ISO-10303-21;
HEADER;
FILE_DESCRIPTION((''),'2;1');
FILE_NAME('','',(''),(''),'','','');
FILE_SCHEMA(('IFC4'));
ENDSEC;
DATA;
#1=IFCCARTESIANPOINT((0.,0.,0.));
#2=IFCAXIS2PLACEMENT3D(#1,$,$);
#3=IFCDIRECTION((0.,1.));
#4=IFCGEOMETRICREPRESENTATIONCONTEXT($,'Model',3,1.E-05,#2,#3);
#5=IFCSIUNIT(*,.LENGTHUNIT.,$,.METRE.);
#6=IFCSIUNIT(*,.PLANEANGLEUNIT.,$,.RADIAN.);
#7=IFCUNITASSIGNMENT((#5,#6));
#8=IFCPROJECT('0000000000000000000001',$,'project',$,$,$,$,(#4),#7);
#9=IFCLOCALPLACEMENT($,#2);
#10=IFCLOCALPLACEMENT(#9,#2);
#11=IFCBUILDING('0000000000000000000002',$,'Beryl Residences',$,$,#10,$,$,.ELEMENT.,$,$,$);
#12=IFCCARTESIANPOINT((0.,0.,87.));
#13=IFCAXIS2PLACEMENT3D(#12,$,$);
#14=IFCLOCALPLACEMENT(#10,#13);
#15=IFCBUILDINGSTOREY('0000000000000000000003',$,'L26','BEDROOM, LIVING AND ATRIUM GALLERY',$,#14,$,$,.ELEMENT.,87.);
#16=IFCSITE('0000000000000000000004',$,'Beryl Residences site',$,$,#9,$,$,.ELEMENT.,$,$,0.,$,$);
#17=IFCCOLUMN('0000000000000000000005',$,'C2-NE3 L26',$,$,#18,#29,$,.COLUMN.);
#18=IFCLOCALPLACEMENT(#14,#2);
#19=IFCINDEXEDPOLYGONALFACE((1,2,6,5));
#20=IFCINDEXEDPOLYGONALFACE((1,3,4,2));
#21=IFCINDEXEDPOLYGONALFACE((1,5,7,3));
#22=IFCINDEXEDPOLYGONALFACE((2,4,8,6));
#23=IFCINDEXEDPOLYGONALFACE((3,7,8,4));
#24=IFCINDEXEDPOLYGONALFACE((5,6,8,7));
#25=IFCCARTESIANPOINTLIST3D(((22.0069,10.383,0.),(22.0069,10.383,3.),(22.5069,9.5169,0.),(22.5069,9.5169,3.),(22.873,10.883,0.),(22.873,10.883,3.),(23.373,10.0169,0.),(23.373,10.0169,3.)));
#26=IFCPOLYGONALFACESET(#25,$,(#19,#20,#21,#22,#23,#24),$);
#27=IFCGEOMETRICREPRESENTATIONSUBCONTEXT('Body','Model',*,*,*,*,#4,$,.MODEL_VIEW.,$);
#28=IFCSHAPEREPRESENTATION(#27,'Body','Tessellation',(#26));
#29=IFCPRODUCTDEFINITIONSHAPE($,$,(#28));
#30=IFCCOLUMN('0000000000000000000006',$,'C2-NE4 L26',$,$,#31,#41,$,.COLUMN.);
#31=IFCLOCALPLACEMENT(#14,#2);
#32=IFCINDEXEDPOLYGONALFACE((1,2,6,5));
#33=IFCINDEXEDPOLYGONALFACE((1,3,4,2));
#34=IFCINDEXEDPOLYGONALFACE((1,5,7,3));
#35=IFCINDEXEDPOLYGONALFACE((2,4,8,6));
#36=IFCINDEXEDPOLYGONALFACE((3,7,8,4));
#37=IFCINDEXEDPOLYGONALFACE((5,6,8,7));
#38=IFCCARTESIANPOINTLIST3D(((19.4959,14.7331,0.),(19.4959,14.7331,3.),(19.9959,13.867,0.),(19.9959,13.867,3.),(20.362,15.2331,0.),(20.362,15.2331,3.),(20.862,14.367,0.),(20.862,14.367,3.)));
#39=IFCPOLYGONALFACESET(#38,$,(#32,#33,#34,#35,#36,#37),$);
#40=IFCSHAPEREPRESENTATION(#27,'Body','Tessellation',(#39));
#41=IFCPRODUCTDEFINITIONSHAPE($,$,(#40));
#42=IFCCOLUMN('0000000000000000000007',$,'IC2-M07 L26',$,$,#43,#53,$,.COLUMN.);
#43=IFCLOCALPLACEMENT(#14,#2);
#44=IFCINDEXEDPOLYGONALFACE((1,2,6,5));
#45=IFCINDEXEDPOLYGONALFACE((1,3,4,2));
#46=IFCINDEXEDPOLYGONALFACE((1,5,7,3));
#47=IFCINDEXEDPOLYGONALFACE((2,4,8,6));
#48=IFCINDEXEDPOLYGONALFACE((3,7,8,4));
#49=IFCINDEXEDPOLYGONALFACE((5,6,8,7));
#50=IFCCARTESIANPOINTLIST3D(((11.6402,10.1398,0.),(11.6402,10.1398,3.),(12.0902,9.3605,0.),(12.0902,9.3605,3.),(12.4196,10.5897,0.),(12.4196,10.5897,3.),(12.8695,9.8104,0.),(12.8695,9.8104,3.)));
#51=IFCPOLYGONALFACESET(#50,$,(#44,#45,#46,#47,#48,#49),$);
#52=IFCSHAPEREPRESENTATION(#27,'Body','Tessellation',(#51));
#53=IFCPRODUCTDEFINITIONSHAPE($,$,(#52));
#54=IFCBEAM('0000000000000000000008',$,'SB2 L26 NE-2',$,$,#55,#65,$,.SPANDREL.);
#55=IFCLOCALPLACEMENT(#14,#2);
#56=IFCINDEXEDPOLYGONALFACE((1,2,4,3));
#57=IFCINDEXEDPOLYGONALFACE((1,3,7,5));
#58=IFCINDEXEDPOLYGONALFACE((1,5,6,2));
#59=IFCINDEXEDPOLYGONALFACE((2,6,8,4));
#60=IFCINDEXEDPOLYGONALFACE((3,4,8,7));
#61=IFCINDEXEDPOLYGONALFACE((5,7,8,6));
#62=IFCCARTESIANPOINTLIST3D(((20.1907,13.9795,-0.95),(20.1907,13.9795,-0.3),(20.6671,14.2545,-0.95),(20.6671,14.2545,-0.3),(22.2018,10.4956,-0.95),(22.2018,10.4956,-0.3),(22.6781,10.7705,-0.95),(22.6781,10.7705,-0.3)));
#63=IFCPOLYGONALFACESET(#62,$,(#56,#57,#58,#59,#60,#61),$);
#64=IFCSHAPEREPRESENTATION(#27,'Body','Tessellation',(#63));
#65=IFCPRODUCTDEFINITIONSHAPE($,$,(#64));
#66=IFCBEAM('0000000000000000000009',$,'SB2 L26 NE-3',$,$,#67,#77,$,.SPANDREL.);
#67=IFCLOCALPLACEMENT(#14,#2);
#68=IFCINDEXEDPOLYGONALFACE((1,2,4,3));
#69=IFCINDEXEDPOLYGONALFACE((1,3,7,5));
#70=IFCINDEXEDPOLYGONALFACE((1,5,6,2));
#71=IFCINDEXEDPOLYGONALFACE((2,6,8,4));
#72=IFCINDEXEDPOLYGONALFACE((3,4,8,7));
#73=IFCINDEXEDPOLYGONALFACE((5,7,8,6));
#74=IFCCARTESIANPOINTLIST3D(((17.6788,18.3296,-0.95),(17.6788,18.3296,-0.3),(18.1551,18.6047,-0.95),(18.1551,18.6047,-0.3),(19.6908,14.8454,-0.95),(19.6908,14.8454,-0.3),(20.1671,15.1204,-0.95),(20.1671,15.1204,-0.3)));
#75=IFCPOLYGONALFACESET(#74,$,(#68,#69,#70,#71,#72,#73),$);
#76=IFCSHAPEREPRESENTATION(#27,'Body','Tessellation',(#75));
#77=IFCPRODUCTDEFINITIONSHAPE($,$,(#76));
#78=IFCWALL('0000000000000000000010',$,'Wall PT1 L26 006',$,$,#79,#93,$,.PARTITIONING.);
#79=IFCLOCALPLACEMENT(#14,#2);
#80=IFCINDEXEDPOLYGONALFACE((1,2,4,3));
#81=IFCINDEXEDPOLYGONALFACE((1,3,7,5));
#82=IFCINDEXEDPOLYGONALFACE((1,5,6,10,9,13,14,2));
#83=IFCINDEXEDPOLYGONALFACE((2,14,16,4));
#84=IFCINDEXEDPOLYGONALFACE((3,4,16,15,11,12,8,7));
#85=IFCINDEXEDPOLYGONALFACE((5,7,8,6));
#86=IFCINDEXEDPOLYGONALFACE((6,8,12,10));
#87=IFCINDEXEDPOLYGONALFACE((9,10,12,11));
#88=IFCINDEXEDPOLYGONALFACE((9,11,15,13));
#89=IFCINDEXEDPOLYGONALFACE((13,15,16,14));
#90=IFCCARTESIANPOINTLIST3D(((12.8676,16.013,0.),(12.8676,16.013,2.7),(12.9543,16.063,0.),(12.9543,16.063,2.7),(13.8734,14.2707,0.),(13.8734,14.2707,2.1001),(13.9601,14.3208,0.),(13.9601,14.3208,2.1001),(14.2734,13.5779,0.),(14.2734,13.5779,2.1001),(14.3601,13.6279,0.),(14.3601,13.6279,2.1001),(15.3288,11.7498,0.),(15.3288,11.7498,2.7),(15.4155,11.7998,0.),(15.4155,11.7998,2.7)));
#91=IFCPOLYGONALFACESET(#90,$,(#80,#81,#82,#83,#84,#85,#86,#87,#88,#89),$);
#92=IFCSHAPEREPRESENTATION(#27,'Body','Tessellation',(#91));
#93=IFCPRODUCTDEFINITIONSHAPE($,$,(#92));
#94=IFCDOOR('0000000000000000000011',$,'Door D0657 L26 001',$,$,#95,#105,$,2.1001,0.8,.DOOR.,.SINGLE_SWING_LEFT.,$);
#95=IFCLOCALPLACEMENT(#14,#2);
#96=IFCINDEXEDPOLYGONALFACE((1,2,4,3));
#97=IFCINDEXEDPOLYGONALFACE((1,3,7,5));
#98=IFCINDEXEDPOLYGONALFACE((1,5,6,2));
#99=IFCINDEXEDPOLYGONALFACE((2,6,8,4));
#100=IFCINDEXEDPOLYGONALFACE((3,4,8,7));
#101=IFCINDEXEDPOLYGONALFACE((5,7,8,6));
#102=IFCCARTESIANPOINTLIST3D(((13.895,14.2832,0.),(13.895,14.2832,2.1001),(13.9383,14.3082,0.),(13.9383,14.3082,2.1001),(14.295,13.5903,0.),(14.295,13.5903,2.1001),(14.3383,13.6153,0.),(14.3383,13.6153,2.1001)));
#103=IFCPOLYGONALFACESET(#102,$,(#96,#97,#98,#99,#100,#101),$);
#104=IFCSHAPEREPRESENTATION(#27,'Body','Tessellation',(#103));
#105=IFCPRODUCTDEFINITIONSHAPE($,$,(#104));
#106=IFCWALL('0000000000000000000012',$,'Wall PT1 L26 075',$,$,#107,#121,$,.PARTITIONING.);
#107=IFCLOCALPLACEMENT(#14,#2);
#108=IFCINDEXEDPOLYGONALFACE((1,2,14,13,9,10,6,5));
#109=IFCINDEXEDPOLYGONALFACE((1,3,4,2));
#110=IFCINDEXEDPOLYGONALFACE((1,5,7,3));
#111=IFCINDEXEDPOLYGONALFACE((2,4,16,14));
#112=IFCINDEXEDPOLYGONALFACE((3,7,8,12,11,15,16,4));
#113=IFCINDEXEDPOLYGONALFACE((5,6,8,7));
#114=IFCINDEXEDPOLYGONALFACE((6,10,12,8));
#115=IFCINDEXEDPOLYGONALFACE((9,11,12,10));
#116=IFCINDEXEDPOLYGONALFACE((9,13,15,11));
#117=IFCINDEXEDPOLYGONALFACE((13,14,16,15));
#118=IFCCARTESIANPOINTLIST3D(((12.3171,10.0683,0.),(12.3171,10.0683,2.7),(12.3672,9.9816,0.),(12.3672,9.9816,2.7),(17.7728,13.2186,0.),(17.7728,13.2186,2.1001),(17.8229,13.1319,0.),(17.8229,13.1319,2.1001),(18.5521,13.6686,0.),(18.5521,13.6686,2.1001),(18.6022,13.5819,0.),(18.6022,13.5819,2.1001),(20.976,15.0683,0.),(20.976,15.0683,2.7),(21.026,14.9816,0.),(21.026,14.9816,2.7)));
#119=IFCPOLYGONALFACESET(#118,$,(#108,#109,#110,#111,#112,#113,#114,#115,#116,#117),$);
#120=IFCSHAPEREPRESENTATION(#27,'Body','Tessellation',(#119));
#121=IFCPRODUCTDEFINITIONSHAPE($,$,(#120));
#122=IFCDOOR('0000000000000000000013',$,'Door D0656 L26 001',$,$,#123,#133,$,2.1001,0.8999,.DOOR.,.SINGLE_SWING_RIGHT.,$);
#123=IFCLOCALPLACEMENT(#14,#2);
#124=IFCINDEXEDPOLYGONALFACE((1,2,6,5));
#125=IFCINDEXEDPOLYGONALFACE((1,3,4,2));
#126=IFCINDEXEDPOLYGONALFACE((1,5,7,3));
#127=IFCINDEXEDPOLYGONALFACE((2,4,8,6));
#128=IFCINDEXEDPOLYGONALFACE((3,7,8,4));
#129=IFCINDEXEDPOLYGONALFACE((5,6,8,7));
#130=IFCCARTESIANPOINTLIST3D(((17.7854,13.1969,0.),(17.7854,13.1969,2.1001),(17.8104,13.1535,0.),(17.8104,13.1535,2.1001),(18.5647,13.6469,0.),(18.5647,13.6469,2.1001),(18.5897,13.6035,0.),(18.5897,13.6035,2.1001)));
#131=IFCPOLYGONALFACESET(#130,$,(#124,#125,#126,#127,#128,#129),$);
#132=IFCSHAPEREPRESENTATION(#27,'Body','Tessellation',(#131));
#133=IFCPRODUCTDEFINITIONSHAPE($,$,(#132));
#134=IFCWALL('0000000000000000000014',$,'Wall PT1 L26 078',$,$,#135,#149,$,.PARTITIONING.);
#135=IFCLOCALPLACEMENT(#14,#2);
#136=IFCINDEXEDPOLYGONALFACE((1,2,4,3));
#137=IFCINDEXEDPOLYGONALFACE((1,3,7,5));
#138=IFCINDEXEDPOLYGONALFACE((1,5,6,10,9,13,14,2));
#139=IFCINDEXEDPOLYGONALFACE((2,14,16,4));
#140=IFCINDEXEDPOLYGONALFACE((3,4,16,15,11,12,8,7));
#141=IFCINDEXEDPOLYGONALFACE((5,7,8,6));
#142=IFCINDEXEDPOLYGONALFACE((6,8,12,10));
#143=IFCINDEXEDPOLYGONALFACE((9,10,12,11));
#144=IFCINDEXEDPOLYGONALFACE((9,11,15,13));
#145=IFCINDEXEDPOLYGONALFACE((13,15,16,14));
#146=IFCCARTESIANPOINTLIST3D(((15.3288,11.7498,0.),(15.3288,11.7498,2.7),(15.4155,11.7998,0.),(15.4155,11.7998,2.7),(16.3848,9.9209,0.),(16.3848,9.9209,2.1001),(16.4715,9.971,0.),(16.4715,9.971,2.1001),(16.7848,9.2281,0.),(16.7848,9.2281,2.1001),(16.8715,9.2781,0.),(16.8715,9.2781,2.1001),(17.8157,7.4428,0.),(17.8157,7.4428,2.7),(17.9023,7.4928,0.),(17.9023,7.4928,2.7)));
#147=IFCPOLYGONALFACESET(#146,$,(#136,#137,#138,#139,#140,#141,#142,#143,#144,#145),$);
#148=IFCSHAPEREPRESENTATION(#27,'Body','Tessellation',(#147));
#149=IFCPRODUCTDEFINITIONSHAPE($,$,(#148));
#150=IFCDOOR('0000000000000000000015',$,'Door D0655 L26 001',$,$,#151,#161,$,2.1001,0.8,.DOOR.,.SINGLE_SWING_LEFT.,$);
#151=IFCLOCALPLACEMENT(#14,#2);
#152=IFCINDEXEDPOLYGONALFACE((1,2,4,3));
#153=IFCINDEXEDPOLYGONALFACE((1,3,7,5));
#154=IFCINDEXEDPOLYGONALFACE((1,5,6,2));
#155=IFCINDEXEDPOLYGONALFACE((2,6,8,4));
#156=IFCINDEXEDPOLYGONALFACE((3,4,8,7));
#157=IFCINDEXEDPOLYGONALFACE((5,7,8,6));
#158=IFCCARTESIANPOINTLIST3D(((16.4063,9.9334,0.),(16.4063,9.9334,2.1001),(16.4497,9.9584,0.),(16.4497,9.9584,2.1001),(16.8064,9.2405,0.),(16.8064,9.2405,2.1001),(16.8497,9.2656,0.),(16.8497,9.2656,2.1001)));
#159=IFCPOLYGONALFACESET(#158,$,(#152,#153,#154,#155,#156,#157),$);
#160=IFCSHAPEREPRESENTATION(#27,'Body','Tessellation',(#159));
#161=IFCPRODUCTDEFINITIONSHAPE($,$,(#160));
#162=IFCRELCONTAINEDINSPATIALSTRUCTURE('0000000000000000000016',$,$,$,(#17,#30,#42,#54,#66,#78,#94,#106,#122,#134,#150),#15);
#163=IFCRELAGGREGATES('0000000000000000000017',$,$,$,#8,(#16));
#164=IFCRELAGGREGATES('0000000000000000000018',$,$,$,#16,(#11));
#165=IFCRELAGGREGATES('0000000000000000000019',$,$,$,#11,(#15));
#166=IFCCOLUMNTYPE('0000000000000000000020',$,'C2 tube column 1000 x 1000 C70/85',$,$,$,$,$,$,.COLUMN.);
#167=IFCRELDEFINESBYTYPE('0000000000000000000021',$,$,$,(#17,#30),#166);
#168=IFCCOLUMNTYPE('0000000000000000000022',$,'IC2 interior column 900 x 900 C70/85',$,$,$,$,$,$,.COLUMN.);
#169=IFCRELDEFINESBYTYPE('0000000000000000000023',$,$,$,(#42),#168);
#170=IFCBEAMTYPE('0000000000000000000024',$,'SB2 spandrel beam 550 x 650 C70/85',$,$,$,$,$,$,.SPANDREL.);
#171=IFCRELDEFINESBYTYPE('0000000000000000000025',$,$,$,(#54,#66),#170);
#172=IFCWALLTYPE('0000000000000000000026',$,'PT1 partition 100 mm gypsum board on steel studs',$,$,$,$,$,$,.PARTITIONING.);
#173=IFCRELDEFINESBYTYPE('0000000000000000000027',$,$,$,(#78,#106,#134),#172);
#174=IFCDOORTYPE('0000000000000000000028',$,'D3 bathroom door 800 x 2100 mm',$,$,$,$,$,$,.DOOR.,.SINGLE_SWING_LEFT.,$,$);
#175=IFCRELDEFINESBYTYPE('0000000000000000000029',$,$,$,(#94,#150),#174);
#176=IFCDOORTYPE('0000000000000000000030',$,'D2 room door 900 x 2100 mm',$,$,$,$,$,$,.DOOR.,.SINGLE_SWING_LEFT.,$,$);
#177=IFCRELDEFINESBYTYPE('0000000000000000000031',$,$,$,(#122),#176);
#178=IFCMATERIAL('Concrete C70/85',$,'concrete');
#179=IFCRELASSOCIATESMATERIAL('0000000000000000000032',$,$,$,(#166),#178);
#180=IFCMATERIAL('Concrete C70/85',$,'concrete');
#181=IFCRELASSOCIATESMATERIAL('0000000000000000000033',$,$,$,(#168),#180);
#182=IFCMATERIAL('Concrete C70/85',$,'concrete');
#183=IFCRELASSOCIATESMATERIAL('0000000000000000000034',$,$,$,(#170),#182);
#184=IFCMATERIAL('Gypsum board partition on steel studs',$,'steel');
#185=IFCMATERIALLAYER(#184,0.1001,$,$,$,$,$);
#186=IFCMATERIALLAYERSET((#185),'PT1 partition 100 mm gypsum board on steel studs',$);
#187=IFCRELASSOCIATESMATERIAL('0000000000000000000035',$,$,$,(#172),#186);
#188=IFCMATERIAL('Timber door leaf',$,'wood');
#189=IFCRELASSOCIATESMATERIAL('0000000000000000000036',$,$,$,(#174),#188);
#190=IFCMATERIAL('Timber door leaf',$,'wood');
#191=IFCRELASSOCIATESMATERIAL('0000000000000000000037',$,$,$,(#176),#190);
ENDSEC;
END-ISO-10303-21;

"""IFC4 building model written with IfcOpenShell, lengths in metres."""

from ifc_helpers import new_model, si_unit, direction, frame, frame_2d, origin, origin_2d, place, context, subcontext, project, spatial, rectangle, extrude, material, layer, layer_set, material_profile, profile_set, type_object, element, fill, save


model = new_model("IFC4")

# Units and contexts
model_context = context("Model", 3, precision=1e-05, world=origin(), true_north=direction((0.0, 1.0)))
body_context = subcontext(model_context, "Body", "Model", "MODEL_VIEW")
ifc_project = project(units=[si_unit("LENGTHUNIT", "METRE"), si_unit("PLANEANGLEUNIT", "RADIAN")], contexts=[model_context])

# Site, building, storey
site_placement = place(None, origin())
site = spatial("IfcSite", under=ifc_project, at=site_placement, Name="Beryl Residences site", CompositionType="ELEMENT", RefElevation=0.0)
building_placement = place(site_placement, origin())
building = spatial("IfcBuilding", under=site, at=building_placement, Name="Beryl Residences", CompositionType="ELEMENT")
storey_placement = place(building_placement, frame((0.0, 0.0, 87.0)))
storey = spatial("IfcBuildingStorey", under=building, at=storey_placement, Name="L26", Description="BEDROOM, LIVING AND ATRIUM GALLERY", CompositionType="ELEMENT", Elevation=87.0)

# Columns
ifc_material_1 = material(Name="Concrete C70/85", Category="concrete")
ifc_material_profile_1 = material_profile(ifc_material_1, rectangle(XDim=1.0, YDim=1.0, at=origin_2d()))
ifc_profile_set_1 = profile_set([ifc_material_profile_1], Name="Concrete C70/85")
column_type_1 = type_object("IfcColumnType", Name="C2 tube column 1000 x 1000 C70/85", PredefinedType="COLUMN", material=ifc_profile_set_1)
for number, where, z_axis, x_axis, name in (
    (1, (22.6899, 10.2, 0.0), (0.0, 0.0, 1.0), (-0.5, 0.866025, 0.0), "C2-NE3 L26"),
    (2, (20.179, 14.55, 0.0), (0.0, 0.0, 1.0), (-0.5, 0.866025, 0.0), "C2-NE4 L26"),
):
    element("IfcColumn", number, at=place(storey_placement, frame(where, z_axis=z_axis, x_axis=x_axis)), inside=storey, type_object=column_type_1, Name=name, PredefinedType="COLUMN", context=body_context, shape_type="SweptSolid", body=[
        extrude(rectangle(XDim=1.0, YDim=1.0, at=origin_2d()), origin(), (0.0, 0.0, 1.0), 3.0),
    ])
ifc_material_2 = material(Name="Concrete C70/85", Category="concrete")
ifc_material_profile_2 = material_profile(ifc_material_2, rectangle(XDim=0.8999, YDim=0.8999, at=origin_2d()))
ifc_profile_set_2 = profile_set([ifc_material_profile_2], Name="Concrete C70/85")
column_type_2 = type_object("IfcColumnType", Name="IC2 interior column 900 x 900 C70/85", PredefinedType="COLUMN", material=ifc_profile_set_2)
column_placement = place(storey_placement, frame((12.2549, 9.9751, 0.0), z_axis=(0.0, 0.0, 1.0), x_axis=(-0.5, 0.866025, 0.0)))
element("IfcColumn", 3, at=column_placement, inside=storey, type_object=column_type_2, Name="IC2-M07 L26", PredefinedType="COLUMN", context=body_context, shape_type="SweptSolid", body=[
    extrude(rectangle(XDim=0.8999, YDim=0.8999, at=origin_2d()), origin(), (0.0, 0.0, 1.0), 3.0),
])

# Beams
ifc_material_3 = material(Name="Concrete C70/85", Category="concrete")
ifc_material_profile_3 = material_profile(ifc_material_3, rectangle(XDim=0.55, YDim=0.6499, at=origin_2d()))
ifc_profile_set_3 = profile_set([ifc_material_profile_3], Name="Concrete C70/85")
beam_type = type_object("IfcBeamType", Name="SB2 spandrel beam 550 x 650 C70/85", PredefinedType="SPANDREL", material=ifc_profile_set_3)
beam_1_placement = place(storey_placement, frame((22.4399, 10.6331, -0.625), z_axis=(-0.499919, 0.866072, 0.0), x_axis=(-0.866072, -0.499919, 0.0)))
element("IfcBeam", 4, at=beam_1_placement, inside=storey, type_object=beam_type, Name="SB2 L26 NE-2", PredefinedType="SPANDREL", context=body_context, shape_type="SweptSolid", body=[
    extrude(rectangle(XDim=0.55, YDim=0.6499, at=origin_2d()), origin(), (0.0, 0.0, 1.0), 4.0227),
])
beam_2_placement = place(storey_placement, frame((19.929, 14.9829, -0.625), z_axis=(-0.500074, 0.865982, 0.0), x_axis=(-0.865982, -0.500074, 0.0)))
element("IfcBeam", 5, at=beam_2_placement, inside=storey, type_object=beam_type, Name="SB2 L26 NE-3", PredefinedType="SPANDREL", context=body_context, shape_type="SweptSolid", body=[
    extrude(rectangle(XDim=0.55, YDim=0.6499, at=origin_2d()), origin(), (0.0, 0.0, 1.0), 4.0234),
])

# Walls, openings, doors
ifc_material_4 = material(Name="Gypsum board partition on steel studs", Category="steel")
ifc_layer = layer(ifc_material_4, 0.1001)
ifc_layer_set = layer_set([ifc_layer], Name="PT1 partition 100 mm gypsum board on steel studs")
wall_type = type_object("IfcWallType", Name="PT1 partition 100 mm gypsum board on steel studs", PredefinedType="PARTITIONING", material=ifc_layer_set)
wall_1_placement = place(storey_placement, frame((12.9109, 16.0381, 0.0), z_axis=(0.0, 0.0, 1.0), x_axis=(0.499974, -0.86604, 0.0)))
wall_1 = element("IfcWall", 6, at=wall_1_placement, inside=storey, type_object=wall_type, Name="Wall PT1 L26 006", PredefinedType="PARTITIONING", context=body_context, shape_type="SweptSolid", body=[
    extrude(rectangle(XDim=4.9226, YDim=0.1001, at=frame_2d((2.4614, 0.0))), origin(), (0.0, 0.0, 1.0), 2.7),
])
opening_1_placement = place(wall_1_placement, frame((2.012, 0.0, 0.0)))
opening_1 = element("IfcOpeningElement", 7, at=opening_1_placement, cuts=wall_1, PredefinedType="OPENING", context=body_context, shape_type="SweptSolid", body=[
    extrude(rectangle(XDim=0.8, YDim=2.1001, at=frame_2d((0.3999, 1.05))), frame((0.0, 0.0601, 0.0), z_axis=(0.0, -1.0, 0.0), x_axis=(1.0, 0.0, 0.0)), (0.0, 0.0, 1.0), 0.1201),
])
ifc_material_5 = material(Name="Timber door leaf", Category="wood")
door_type_1 = type_object("IfcDoorType", Name="D3 bathroom door 800 x 2100 mm", OperationType="SINGLE_SWING_LEFT", PredefinedType="DOOR", material=ifc_material_5)
door_1_placement = place(opening_1_placement, origin())
door_1 = element("IfcDoor", 8, at=door_1_placement, inside=storey, type_object=door_type_1, Name="Door D0657 L26 001", OperationType="SINGLE_SWING_LEFT", OverallHeight=2.1001, OverallWidth=0.8, PredefinedType="DOOR", context=body_context, shape_type="SweptSolid", body=[
    extrude(rectangle(XDim=0.8, YDim=2.1001, at=frame_2d((0.3999, 1.05))), frame((0.0, 0.0249, 0.0), z_axis=(0.0, -1.0, 0.0), x_axis=(1.0, 0.0, 0.0)), (0.0, 0.0, 1.0), 0.05),
])
fill(opening_1, door_1)
wall_2_placement = place(storey_placement, frame((12.342, 10.0249, 0.0), z_axis=(0.0, 0.0, 1.0), x_axis=(0.865992, 0.500057, 0.0)))
wall_2 = element("IfcWall", 9, at=wall_2_placement, inside=storey, type_object=wall_type, Name="Wall PT1 L26 075", PredefinedType="PARTITIONING", context=body_context, shape_type="SweptSolid", body=[
    extrude(rectangle(XDim=9.9988, YDim=0.1001, at=frame_2d((4.9995, 0.0))), origin(), (0.0, 0.0, 1.0), 2.7),
])
opening_2_placement = place(wall_2_placement, frame((6.3, 0.0, 0.0)))
opening_2 = element("IfcOpeningElement", 10, at=opening_2_placement, cuts=wall_2, PredefinedType="OPENING", context=body_context, shape_type="SweptSolid", body=[
    extrude(rectangle(XDim=0.8999, YDim=2.1001, at=frame_2d((0.45, 1.05))), frame((0.0, 0.0601, 0.0), z_axis=(0.0, -1.0, 0.0), x_axis=(1.0, 0.0, 0.0)), (0.0, 0.0, 1.0), 0.1201),
])
ifc_material_6 = material(Name="Timber door leaf", Category="wood")
door_type_2 = type_object("IfcDoorType", Name="D2 room door 900 x 2100 mm", OperationType="SINGLE_SWING_LEFT", PredefinedType="DOOR", material=ifc_material_6)
door_2_placement = place(opening_2_placement, origin())
door_2 = element("IfcDoor", 11, at=door_2_placement, inside=storey, type_object=door_type_2, Name="Door D0656 L26 001", OperationType="SINGLE_SWING_RIGHT", OverallHeight=2.1001, OverallWidth=0.8999, PredefinedType="DOOR", context=body_context, shape_type="SweptSolid", body=[
    extrude(rectangle(XDim=0.8999, YDim=2.1001, at=frame_2d((0.45, 1.05))), frame((0.0, 0.0249, 0.0), z_axis=(0.0, -1.0, 0.0), x_axis=(1.0, 0.0, 0.0)), (0.0, 0.0, 1.0), 0.05),
])
fill(opening_2, door_2)
wall_3_placement = place(storey_placement, frame((15.3721, 11.7749, 0.0), z_axis=(0.0, 0.0, 1.0), x_axis=(0.500035, -0.866005, 0.0)))
wall_3 = element("IfcWall", 12, at=wall_3_placement, inside=storey, type_object=wall_type, Name="Wall PT1 L26 078", PredefinedType="PARTITIONING", context=body_context, shape_type="SweptSolid", body=[
    extrude(rectangle(XDim=4.9734, YDim=0.1001, at=frame_2d((2.4868, 0.0))), origin(), (0.0, 0.0, 1.0), 2.7),
])
opening_3_placement = place(wall_3_placement, frame((2.1121, 0.0, 0.0)))
opening_3 = element("IfcOpeningElement", 13, at=opening_3_placement, cuts=wall_3, PredefinedType="OPENING", context=body_context, shape_type="SweptSolid", body=[
    extrude(rectangle(XDim=0.8, YDim=2.1001, at=frame_2d((0.3999, 1.05))), frame((0.0, 0.0601, 0.0), z_axis=(0.0, -1.0, 0.0), x_axis=(1.0, 0.0, 0.0)), (0.0, 0.0, 1.0), 0.1201),
])
door_3_placement = place(opening_3_placement, origin())
door_3 = element("IfcDoor", 14, at=door_3_placement, inside=storey, type_object=door_type_1, Name="Door D0655 L26 001", OperationType="SINGLE_SWING_LEFT", OverallHeight=2.1001, OverallWidth=0.8, PredefinedType="DOOR", context=body_context, shape_type="SweptSolid", body=[
    extrude(rectangle(XDim=0.8, YDim=2.1001, at=frame_2d((0.3999, 1.05))), frame((0.0, 0.0249, 0.0), z_axis=(0.0, -1.0, 0.0), x_axis=(1.0, 0.0, 0.0)), (0.0, 0.0, 1.0), 0.05),
])
fill(opening_3, door_3)

save(model, "model.ifc")
